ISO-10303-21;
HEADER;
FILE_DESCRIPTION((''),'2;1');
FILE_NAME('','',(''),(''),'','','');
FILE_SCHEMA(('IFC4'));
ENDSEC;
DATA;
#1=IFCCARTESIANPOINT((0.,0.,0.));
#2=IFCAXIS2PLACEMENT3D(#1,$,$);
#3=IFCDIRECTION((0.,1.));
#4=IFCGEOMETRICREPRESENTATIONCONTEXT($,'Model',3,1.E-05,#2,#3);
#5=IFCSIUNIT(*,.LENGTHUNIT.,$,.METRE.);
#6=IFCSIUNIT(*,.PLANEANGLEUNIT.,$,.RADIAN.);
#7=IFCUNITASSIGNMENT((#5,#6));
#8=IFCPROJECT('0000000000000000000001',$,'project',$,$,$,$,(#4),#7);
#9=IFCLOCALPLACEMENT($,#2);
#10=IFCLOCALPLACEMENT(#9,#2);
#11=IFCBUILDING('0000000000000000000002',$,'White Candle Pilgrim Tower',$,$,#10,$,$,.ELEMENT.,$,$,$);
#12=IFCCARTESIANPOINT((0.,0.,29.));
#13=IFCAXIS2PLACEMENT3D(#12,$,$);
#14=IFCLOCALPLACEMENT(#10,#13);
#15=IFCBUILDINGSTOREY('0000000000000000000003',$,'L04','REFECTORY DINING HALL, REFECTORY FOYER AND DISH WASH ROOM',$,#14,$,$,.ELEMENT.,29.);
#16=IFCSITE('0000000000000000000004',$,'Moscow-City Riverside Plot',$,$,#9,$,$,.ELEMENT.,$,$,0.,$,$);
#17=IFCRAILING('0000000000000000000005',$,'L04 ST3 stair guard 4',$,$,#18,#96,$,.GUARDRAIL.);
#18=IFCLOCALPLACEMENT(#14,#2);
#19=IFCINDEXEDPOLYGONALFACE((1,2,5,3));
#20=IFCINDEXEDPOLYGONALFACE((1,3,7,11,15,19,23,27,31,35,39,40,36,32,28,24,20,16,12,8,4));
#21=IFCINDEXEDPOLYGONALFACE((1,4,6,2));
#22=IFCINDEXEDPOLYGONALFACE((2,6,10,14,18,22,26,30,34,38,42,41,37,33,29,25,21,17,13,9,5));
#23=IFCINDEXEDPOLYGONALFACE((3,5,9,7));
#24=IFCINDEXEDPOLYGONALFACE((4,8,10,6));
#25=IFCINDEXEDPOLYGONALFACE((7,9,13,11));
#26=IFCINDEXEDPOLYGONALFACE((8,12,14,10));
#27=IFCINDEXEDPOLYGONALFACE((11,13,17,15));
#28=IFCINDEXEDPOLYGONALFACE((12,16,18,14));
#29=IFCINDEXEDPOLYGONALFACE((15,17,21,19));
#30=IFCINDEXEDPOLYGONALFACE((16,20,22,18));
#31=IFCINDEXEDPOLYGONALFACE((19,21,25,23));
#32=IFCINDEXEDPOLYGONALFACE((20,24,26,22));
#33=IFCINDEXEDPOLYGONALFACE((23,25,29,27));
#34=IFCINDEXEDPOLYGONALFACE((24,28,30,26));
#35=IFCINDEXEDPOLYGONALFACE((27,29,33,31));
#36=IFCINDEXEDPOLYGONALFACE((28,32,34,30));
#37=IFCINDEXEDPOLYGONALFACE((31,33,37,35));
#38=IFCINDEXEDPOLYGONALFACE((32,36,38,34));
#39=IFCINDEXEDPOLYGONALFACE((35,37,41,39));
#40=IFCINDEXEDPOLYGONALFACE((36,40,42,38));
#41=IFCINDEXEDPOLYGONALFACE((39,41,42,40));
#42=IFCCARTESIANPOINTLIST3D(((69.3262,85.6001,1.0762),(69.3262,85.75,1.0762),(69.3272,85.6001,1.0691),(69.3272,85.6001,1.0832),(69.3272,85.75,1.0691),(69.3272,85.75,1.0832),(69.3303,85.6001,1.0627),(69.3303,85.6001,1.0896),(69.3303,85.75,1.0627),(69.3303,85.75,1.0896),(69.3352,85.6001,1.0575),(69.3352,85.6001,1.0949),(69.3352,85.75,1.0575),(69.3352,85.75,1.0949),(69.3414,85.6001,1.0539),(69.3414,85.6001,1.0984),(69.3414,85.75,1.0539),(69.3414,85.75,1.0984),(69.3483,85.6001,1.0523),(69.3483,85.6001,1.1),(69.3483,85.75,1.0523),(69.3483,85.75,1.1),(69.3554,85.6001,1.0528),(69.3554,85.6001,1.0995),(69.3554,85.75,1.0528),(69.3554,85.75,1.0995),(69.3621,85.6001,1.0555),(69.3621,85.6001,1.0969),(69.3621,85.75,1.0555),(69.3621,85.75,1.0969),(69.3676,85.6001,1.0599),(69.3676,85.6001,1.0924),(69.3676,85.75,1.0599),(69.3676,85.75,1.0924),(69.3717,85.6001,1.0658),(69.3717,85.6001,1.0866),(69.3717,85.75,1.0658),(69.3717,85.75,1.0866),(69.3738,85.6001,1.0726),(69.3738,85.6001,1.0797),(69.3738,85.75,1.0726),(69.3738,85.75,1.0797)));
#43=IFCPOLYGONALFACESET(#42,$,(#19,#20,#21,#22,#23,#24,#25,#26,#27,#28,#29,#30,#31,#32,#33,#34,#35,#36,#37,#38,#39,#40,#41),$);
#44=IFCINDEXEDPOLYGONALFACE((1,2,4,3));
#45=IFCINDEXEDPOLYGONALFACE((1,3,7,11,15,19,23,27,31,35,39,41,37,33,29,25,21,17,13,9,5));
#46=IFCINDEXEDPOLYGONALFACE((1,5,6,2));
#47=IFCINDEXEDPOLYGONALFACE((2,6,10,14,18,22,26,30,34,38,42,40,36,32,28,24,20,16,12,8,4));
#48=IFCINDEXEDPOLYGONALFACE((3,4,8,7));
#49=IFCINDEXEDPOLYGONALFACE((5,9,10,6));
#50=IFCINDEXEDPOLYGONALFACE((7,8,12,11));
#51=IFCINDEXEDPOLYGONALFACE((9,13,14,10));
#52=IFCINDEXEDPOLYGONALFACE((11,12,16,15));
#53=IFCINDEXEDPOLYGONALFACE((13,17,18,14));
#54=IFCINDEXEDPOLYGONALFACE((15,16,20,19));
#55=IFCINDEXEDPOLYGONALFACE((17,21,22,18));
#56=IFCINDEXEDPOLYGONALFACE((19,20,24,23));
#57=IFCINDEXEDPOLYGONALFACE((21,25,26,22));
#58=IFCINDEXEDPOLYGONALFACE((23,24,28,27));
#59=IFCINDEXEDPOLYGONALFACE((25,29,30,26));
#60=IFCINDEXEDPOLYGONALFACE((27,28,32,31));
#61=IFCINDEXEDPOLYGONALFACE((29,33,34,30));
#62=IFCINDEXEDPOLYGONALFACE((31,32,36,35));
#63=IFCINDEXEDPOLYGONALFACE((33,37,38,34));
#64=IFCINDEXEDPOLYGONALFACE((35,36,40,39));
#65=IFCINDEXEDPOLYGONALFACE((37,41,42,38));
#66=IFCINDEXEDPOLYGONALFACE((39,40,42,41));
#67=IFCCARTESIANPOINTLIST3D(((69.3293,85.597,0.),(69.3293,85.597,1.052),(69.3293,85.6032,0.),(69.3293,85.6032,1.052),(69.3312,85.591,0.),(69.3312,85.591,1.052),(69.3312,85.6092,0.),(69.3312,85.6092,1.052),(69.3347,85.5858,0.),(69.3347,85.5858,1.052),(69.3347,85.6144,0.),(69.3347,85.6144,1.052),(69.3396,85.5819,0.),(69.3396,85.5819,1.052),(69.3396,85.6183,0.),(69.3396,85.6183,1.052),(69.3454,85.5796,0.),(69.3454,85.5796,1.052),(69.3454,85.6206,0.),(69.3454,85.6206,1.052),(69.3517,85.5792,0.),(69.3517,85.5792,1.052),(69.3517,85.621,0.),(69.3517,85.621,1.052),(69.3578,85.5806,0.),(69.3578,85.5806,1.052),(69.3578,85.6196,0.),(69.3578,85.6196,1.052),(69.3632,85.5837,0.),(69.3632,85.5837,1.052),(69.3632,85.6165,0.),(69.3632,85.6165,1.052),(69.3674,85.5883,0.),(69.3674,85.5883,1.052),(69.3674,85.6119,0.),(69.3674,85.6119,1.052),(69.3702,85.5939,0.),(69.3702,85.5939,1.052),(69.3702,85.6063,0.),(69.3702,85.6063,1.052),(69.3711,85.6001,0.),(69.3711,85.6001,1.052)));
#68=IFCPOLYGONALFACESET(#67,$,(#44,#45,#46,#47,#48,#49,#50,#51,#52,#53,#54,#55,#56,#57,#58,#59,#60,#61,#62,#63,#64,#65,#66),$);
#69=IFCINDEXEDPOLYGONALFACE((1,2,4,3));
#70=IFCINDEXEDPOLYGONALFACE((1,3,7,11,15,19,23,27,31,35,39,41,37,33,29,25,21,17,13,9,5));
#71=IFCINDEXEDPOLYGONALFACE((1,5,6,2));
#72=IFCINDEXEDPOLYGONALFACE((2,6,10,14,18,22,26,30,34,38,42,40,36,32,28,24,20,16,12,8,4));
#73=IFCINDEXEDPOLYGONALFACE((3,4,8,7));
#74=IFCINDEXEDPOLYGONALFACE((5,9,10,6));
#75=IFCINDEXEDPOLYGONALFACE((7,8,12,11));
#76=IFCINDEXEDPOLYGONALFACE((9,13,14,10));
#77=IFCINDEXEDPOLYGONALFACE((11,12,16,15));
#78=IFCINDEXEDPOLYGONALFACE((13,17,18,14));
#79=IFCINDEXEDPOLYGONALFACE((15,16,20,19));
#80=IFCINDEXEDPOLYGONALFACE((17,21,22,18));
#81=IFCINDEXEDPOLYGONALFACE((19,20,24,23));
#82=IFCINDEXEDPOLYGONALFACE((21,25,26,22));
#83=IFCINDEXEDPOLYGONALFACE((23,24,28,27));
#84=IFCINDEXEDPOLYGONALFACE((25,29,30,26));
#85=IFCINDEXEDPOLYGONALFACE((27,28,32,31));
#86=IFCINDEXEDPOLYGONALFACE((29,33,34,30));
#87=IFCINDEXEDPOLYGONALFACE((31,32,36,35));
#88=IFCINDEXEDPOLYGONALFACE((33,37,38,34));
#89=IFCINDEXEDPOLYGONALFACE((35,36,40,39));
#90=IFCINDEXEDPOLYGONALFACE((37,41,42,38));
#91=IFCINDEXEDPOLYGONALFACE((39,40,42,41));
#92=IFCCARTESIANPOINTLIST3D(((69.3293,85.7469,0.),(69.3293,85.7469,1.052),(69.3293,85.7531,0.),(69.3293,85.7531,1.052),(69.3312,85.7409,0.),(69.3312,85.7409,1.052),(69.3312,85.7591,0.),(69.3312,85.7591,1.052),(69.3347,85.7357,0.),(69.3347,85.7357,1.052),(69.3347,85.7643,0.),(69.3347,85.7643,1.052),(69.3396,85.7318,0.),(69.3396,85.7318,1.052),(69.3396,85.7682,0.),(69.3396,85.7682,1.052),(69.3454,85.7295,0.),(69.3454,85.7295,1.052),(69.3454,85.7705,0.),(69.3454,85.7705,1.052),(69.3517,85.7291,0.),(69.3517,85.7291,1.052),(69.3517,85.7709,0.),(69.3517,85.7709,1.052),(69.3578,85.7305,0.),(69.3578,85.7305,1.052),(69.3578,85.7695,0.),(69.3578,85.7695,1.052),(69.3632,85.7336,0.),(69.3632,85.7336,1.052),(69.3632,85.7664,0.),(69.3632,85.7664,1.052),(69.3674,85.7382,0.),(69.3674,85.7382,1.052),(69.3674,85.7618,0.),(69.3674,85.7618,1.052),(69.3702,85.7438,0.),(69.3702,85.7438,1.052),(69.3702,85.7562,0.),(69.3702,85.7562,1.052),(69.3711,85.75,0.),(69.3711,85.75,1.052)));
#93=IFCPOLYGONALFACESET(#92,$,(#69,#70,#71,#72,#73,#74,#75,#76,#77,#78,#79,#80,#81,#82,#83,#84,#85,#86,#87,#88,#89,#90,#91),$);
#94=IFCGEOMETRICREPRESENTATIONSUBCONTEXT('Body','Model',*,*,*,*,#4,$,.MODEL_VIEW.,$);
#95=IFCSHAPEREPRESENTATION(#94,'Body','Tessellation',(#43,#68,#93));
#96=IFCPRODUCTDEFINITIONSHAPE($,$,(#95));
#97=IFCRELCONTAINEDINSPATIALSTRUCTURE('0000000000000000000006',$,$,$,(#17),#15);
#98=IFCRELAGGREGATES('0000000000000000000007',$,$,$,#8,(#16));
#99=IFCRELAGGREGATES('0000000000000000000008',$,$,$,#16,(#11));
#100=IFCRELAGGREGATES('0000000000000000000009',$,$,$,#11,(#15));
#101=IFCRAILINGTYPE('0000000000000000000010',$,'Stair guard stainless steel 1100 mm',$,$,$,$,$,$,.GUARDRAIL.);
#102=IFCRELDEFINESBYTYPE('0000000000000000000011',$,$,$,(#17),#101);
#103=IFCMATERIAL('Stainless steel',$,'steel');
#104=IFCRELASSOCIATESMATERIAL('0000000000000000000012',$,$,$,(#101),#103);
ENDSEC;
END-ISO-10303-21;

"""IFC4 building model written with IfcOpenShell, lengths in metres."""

from ifc_helpers import new_model, si_unit, direction, frame, origin, origin_2d, place, context, subcontext, project, spatial, circle, extrude, material, type_object, element, save


model = new_model("IFC4")

# Units and contexts
model_context = context("Model", 3, precision=1e-05, world=origin(), true_north=direction((0.0, 1.0)))
body_context = subcontext(model_context, "Body", "Model", "MODEL_VIEW")
ifc_project = project(units=[si_unit("LENGTHUNIT", "METRE"), si_unit("PLANEANGLEUNIT", "RADIAN")], contexts=[model_context])

# Site, building, storey
site_placement = place(None, origin())
site = spatial("IfcSite", under=ifc_project, at=site_placement, Name="Moscow-City Riverside Plot", CompositionType="ELEMENT", RefElevation=0.0)
building_placement = place(site_placement, origin())
building = spatial("IfcBuilding", under=site, at=building_placement, Name="White Candle Pilgrim Tower", CompositionType="ELEMENT")
storey_placement = place(building_placement, frame((0.0, 0.0, 29.0)))
storey = spatial("IfcBuildingStorey", under=building, at=storey_placement, Name="L04", Description="REFECTORY DINING HALL, REFECTORY FOYER AND DISH WASH ROOM", CompositionType="ELEMENT", Elevation=29.0)

# Railing
ifc_material_1 = material(Name="Stainless steel", Category="steel")
railing_type_1 = type_object("IfcRailingType", Name="Stair guard stainless steel 1100 mm", PredefinedType="GUARDRAIL", material=ifc_material_1)
railing_1_placement = place(storey_placement, frame((69.3501, 85.6001, 0.0)))
element("IfcRailing", 1, at=railing_1_placement, inside=storey, type_object=railing_type_1, Name="L04 ST3 stair guard 4", PredefinedType="GUARDRAIL", context=body_context, shape_type="SweptSolid", body=[
    extrude(circle(Radius=0.0239, at=origin_2d()), frame((0.0, 0.0, 1.0762), z_axis=(0.0, 1.0, 0.0), x_axis=(-1.0, 0.0, 0.0)), (0.0, 0.0, 1.0), 0.1499),
    extrude(circle(Radius=0.021, at=origin_2d()), origin(), (0.0, 0.0, 1.0), 1.052),
    extrude(circle(Radius=0.021, at=origin_2d()), frame((0.0, 0.1499, 0.0)), (0.0, 0.0, 1.0), 1.052),
])

save(model, "model.ifc")
